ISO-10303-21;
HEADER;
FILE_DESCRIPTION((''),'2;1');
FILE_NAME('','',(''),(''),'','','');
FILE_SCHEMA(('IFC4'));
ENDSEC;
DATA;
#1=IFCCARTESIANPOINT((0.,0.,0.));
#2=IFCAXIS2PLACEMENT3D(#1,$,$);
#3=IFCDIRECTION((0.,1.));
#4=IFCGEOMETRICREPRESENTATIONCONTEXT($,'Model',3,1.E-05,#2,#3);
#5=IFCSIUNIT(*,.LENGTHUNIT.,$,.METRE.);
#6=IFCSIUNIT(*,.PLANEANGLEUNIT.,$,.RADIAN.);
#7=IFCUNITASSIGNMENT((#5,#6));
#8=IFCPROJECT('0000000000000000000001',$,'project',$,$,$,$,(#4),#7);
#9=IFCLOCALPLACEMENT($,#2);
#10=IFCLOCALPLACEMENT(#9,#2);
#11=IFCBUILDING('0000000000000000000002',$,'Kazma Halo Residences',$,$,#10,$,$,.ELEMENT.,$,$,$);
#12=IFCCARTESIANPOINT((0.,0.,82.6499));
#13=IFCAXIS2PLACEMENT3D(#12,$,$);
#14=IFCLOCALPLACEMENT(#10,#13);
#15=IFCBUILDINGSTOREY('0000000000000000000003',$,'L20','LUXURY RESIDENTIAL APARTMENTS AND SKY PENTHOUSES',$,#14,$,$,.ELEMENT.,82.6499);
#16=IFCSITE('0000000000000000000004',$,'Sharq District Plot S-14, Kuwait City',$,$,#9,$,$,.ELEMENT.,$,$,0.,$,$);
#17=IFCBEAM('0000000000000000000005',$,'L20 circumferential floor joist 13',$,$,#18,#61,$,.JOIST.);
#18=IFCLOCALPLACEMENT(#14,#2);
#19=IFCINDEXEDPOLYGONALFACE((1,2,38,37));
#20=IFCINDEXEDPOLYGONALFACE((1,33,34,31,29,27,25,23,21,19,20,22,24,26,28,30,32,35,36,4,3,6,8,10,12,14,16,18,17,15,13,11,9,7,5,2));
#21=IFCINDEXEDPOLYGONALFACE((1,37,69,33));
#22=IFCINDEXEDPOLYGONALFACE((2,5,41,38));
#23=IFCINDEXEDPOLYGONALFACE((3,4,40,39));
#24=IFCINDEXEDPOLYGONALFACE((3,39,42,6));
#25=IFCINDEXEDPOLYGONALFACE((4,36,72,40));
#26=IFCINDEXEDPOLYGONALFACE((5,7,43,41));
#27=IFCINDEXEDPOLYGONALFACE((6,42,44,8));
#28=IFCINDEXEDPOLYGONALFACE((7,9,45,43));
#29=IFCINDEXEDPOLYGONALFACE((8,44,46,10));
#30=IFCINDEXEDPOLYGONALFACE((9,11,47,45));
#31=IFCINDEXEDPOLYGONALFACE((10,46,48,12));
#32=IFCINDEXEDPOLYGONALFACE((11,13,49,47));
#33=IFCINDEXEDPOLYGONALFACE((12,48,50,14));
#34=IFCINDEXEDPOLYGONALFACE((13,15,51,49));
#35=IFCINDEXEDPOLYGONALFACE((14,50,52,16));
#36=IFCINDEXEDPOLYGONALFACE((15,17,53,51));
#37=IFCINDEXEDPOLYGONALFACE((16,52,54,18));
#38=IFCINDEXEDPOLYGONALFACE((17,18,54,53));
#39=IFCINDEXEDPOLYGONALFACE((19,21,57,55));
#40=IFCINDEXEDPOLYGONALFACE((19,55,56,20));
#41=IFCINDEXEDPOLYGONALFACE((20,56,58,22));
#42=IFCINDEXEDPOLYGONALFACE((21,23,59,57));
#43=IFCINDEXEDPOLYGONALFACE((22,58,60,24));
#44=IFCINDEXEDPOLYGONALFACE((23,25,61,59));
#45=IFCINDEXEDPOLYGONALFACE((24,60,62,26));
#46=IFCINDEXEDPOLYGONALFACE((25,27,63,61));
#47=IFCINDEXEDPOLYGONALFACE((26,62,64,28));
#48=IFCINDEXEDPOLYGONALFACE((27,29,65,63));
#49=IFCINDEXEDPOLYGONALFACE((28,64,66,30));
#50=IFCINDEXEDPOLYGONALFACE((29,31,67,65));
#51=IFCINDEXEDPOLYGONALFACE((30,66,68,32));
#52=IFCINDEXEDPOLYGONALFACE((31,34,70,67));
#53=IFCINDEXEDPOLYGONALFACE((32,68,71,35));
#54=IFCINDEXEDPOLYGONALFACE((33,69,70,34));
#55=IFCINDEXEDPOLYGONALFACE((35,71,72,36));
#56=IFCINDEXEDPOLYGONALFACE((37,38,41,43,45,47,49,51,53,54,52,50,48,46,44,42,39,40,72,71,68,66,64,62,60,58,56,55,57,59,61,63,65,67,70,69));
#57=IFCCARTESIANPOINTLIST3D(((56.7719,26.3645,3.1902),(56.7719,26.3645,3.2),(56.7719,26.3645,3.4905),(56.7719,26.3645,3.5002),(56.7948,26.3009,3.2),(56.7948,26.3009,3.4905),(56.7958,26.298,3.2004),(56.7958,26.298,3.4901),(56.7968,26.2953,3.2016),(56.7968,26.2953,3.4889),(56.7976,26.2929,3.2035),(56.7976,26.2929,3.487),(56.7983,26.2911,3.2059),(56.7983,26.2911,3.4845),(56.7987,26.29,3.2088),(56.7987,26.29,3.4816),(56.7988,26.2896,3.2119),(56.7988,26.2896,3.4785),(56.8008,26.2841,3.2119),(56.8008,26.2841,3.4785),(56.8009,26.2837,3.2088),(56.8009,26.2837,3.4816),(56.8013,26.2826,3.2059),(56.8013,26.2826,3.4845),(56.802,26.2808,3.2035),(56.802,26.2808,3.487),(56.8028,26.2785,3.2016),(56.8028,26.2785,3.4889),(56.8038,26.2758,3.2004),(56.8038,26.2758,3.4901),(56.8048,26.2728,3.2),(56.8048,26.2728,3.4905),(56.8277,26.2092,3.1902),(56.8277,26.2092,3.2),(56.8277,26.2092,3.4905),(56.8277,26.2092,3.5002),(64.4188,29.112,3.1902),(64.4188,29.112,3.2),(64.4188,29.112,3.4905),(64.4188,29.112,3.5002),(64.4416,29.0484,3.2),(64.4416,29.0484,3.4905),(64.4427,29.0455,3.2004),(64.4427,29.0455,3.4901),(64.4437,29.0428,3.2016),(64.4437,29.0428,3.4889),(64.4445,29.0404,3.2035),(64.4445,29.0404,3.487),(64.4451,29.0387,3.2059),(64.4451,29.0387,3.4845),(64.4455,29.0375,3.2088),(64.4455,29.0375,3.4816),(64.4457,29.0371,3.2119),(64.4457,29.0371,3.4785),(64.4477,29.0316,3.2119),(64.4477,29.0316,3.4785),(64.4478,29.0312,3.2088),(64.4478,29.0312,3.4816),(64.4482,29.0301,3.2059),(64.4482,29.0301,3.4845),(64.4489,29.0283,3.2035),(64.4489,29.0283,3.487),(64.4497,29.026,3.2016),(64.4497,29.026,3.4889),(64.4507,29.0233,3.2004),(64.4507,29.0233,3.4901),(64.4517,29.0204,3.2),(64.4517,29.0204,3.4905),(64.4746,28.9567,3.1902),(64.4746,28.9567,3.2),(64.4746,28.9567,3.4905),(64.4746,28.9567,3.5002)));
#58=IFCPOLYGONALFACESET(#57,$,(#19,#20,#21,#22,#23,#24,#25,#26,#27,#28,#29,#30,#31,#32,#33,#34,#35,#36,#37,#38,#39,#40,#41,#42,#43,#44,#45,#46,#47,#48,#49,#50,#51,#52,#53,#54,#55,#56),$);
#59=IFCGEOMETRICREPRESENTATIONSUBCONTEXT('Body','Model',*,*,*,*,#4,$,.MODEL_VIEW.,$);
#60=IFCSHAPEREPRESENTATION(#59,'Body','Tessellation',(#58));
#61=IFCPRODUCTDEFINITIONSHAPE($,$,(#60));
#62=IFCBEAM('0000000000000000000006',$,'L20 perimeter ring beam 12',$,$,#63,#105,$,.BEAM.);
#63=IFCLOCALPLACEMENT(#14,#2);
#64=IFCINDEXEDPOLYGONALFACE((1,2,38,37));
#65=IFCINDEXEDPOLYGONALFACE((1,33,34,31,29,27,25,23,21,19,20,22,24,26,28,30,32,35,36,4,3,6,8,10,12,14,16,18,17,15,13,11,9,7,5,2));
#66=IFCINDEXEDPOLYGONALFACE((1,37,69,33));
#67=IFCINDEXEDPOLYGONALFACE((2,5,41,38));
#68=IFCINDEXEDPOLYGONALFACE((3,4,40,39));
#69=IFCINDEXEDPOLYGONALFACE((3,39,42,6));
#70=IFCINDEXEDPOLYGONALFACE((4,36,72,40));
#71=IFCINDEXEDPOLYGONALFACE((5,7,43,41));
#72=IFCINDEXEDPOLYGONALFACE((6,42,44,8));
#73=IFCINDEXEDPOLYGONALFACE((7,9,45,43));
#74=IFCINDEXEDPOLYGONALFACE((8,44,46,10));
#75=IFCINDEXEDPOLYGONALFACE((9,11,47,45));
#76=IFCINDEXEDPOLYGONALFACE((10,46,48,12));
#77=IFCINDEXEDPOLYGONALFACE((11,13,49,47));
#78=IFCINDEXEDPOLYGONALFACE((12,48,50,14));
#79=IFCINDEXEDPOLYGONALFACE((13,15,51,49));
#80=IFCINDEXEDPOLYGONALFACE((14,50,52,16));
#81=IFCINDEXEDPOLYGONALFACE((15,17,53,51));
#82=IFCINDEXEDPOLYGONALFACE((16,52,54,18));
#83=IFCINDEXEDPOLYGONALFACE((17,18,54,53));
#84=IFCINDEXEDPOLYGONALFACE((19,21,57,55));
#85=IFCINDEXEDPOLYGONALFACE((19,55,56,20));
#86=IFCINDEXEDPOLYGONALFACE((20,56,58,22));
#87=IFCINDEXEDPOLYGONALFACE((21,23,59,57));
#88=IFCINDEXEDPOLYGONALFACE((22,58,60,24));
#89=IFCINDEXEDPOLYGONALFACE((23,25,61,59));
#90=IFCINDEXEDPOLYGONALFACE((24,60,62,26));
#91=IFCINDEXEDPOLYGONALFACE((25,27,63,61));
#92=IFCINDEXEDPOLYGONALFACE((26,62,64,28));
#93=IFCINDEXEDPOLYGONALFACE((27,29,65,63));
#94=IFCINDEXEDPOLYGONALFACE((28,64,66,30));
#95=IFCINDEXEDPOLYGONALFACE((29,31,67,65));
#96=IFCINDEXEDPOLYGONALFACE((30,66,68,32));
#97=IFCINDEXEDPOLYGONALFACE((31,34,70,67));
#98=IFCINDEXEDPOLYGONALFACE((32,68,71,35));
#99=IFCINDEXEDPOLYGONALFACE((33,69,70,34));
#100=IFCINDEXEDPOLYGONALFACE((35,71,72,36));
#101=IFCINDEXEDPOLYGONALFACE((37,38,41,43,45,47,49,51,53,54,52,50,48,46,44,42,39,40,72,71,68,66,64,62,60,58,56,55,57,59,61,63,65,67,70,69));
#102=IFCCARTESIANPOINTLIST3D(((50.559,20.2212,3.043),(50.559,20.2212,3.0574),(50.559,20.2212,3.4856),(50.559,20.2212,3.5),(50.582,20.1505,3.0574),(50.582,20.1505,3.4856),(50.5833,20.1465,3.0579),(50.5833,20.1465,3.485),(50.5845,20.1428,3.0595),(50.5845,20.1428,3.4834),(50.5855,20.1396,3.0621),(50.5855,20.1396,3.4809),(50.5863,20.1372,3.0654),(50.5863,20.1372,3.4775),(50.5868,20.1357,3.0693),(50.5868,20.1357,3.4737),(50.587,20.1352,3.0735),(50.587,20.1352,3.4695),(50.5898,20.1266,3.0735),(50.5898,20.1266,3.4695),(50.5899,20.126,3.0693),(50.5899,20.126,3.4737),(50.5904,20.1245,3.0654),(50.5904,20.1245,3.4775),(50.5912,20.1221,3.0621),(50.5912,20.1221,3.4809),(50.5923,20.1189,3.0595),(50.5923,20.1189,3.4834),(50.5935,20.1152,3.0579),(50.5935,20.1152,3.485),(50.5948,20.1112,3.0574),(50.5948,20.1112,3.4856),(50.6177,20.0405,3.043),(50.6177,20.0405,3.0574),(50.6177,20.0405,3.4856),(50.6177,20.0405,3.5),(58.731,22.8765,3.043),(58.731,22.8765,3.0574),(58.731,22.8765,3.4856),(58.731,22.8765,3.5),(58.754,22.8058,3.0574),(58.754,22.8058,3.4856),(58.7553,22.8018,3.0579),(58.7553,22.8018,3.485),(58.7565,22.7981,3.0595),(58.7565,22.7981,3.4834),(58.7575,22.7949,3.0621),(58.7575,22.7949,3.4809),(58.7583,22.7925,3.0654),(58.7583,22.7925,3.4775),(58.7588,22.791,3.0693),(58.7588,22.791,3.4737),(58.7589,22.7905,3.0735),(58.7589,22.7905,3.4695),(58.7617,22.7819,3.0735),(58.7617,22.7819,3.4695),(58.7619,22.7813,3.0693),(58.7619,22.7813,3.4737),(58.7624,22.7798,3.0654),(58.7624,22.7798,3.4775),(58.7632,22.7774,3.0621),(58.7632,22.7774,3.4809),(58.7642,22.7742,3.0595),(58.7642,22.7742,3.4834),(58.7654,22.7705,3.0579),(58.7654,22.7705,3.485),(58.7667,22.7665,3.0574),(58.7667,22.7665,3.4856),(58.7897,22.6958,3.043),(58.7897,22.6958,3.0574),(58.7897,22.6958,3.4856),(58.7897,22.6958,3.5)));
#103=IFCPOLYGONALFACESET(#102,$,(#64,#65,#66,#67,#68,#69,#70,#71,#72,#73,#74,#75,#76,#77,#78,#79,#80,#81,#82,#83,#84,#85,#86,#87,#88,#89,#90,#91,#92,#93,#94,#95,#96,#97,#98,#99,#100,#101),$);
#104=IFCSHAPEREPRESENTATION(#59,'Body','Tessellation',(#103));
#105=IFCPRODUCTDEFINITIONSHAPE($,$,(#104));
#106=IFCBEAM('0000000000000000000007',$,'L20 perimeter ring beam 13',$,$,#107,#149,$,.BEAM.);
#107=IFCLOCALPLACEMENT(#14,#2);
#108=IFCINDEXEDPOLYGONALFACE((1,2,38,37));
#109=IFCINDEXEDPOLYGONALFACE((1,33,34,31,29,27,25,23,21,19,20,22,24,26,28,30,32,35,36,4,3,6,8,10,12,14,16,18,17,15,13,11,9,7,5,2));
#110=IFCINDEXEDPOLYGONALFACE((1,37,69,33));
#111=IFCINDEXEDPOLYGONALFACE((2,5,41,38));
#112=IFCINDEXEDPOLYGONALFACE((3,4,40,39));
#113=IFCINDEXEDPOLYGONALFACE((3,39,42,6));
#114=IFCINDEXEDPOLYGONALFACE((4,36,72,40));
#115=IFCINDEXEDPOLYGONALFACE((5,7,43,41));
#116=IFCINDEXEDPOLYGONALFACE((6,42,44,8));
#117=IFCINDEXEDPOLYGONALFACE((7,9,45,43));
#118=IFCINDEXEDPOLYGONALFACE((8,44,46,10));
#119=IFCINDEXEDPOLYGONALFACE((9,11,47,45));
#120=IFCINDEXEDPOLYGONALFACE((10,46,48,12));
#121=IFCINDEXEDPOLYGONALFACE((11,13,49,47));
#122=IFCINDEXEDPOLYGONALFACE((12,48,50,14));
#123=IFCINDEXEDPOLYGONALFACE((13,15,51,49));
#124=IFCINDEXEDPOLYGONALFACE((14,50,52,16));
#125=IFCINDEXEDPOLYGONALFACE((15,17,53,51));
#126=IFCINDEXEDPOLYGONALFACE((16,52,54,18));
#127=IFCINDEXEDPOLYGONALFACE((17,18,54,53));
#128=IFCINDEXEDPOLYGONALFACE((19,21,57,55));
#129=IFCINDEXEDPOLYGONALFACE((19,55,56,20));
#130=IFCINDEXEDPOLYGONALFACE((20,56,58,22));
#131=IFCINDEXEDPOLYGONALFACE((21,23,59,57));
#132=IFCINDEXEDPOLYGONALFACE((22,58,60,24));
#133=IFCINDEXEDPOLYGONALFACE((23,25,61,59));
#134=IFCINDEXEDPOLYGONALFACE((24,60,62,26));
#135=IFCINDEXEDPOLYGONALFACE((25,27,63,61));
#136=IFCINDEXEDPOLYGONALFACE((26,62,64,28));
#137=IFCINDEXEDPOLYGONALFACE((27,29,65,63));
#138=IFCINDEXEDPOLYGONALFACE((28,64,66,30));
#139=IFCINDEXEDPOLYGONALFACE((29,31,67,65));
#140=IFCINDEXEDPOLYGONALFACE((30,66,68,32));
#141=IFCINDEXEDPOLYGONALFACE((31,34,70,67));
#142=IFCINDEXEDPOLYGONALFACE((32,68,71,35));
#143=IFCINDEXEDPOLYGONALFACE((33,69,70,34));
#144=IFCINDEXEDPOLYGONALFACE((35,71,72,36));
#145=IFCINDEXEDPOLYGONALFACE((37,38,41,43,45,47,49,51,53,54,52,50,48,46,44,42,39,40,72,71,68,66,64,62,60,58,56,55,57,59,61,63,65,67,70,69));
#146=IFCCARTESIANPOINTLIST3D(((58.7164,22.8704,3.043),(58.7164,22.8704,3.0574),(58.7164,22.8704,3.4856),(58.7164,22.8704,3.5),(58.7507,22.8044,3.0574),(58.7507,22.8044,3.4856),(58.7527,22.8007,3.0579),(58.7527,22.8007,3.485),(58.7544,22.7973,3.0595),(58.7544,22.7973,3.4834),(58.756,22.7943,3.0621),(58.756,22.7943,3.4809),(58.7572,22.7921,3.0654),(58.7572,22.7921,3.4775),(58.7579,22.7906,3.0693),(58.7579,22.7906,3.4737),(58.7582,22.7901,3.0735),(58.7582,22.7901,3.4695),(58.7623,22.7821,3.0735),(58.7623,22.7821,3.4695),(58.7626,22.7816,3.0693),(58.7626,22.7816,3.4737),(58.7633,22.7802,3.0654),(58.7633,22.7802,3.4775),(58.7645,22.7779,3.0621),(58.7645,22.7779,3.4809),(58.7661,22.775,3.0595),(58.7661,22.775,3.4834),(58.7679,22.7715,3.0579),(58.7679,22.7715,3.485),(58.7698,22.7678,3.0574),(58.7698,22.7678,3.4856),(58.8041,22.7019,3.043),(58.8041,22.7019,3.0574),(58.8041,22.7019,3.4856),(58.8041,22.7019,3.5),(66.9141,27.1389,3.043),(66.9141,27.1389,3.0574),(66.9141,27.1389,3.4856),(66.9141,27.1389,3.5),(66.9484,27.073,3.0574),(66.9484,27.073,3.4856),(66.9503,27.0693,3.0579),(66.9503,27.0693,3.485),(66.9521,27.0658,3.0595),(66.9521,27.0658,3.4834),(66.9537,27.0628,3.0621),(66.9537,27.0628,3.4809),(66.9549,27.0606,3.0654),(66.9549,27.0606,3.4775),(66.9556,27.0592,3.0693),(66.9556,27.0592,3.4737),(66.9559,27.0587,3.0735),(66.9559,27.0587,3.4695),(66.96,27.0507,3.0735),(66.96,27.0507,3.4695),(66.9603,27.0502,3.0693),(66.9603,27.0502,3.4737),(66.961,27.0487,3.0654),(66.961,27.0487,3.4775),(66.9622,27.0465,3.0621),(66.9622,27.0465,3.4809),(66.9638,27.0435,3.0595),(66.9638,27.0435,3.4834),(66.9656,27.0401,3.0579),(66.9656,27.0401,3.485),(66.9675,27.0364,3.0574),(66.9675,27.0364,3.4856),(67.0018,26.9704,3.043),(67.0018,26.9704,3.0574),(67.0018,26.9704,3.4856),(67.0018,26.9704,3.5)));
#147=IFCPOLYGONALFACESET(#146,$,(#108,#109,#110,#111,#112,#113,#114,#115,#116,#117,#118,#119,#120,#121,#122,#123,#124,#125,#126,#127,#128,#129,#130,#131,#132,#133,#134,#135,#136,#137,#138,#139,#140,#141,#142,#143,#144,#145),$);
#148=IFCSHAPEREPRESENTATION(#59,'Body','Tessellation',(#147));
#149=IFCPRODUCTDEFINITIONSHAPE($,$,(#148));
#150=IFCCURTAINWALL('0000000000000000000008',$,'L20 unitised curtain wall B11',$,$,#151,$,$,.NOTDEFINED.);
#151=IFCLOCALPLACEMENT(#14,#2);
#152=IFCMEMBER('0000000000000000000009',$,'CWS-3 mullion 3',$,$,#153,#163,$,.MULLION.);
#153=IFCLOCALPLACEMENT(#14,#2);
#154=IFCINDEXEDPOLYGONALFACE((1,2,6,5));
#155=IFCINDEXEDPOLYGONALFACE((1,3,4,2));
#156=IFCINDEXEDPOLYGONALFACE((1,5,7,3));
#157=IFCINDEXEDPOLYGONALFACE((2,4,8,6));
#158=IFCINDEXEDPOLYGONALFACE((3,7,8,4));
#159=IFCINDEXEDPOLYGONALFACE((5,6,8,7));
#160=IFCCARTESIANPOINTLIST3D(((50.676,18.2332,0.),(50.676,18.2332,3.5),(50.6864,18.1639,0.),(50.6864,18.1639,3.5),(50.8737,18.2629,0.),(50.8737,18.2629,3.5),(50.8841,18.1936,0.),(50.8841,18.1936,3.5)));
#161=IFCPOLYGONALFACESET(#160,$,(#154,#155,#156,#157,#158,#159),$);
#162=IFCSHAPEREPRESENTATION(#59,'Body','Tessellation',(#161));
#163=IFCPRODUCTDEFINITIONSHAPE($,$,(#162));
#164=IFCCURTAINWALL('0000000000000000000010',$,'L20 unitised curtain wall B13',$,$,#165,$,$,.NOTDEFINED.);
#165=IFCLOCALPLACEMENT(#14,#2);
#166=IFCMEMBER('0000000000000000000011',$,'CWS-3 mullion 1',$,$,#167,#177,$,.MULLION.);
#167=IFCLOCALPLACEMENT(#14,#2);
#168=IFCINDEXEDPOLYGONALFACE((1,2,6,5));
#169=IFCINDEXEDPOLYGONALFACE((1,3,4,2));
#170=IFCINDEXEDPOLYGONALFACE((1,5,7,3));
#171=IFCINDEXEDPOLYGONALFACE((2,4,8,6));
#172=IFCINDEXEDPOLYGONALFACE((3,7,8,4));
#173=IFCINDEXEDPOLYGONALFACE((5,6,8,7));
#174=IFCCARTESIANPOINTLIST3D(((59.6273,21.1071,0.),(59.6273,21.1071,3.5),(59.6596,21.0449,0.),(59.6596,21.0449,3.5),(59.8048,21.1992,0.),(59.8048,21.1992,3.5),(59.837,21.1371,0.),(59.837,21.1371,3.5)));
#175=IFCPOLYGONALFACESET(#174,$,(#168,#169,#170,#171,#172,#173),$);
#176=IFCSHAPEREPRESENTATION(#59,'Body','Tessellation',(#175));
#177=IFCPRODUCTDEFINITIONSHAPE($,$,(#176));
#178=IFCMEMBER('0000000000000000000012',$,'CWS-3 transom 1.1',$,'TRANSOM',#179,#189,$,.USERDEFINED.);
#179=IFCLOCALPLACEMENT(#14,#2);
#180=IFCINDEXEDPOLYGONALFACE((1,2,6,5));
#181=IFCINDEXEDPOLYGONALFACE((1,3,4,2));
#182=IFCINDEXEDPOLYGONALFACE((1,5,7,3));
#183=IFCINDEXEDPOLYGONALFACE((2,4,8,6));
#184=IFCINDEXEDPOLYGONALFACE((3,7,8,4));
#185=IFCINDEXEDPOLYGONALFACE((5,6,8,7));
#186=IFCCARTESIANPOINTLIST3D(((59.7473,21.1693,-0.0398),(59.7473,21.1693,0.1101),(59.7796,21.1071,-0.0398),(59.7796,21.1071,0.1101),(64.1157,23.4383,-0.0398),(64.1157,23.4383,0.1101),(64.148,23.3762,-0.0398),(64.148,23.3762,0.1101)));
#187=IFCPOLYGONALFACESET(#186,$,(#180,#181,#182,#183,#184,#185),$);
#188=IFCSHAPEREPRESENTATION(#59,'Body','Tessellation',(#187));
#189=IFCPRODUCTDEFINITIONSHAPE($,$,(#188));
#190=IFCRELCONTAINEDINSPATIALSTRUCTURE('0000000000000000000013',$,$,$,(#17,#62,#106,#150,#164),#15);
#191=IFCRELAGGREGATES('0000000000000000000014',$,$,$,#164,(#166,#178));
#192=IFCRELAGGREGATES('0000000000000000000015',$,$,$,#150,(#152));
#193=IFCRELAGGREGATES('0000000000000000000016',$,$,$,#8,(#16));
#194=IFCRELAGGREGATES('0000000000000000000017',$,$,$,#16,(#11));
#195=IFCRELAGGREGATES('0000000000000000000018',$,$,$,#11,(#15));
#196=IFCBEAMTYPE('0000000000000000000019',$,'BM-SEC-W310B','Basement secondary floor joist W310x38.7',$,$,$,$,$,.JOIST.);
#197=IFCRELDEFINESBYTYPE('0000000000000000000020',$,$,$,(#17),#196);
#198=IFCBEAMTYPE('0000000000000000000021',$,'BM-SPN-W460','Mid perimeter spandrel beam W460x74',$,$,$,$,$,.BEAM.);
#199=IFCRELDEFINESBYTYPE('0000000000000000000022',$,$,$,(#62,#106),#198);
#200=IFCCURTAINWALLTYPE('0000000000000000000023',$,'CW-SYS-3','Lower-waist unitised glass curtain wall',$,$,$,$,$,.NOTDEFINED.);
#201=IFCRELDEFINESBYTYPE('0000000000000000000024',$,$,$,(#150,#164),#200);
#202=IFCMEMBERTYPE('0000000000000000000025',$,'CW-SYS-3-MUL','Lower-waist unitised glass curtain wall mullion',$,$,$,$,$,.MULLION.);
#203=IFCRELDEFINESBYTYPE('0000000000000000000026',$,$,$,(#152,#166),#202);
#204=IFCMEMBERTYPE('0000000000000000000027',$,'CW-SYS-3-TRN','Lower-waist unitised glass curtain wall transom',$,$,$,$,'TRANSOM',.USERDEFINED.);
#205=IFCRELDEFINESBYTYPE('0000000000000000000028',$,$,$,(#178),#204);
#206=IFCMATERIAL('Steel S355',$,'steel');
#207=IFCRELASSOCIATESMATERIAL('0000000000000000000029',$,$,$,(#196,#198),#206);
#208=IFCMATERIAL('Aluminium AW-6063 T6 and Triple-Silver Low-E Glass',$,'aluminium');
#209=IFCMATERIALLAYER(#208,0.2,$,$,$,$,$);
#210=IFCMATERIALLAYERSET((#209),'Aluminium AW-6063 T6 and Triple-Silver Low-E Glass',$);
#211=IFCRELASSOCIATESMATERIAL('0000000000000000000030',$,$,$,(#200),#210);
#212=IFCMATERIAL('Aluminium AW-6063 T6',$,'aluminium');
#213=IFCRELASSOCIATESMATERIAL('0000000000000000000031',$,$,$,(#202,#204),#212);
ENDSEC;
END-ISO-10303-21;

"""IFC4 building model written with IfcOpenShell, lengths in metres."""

from ifc_helpers import new_model, si_unit, direction, frame, origin, origin_2d, place, context, subcontext, project, spatial, rectangle, i_section, extrude, material, layer, layer_set, material_profile, profile_set, type_object, element, aggregate, save


model = new_model("IFC4")

# Units and contexts
model_context = context("Model", 3, precision=1e-05, world=origin(), true_north=direction((0.0, 1.0)))
body_context = subcontext(model_context, "Body", "Model", "MODEL_VIEW")
ifc_project = project(units=[si_unit("LENGTHUNIT", "METRE"), si_unit("PLANEANGLEUNIT", "RADIAN")], contexts=[model_context])

# Site, building, storey
site_placement = place(None, origin())
site = spatial("IfcSite", under=ifc_project, at=site_placement, Name="Sharq District Plot S-14, Kuwait City", CompositionType="ELEMENT", RefElevation=0.0)
building_placement = place(site_placement, origin())
building = spatial("IfcBuilding", under=site, at=building_placement, Name="Kazma Halo Residences", CompositionType="ELEMENT")
storey_placement = place(building_placement, frame((0.0, 0.0, 82.6499)))
storey = spatial("IfcBuildingStorey", under=building, at=storey_placement, Name="L20", Description="LUXURY RESIDENTIAL APARTMENTS AND SKY PENTHOUSES", CompositionType="ELEMENT", Elevation=82.6499)

# Beams
ifc_material_1 = material(Name="Steel S355", Category="steel")
ifc_material_profile_1 = material_profile(ifc_material_1, i_section(OverallWidth=0.165, OverallDepth=0.3101, WebThickness=0.0059, FlangeThickness=0.0098, FilletRadius=0.012, at=origin_2d()), Name="W310x38.7")
ifc_profile_set_1 = profile_set([ifc_material_profile_1], Name="Steel S355")
beam_type_1 = type_object("IfcBeamType", Name="BM-SEC-W310B", Description="Basement secondary floor joist W310x38.7", PredefinedType="JOIST", material=ifc_profile_set_1)
beam_1_placement = place(storey_placement, frame((56.7998, 26.2869, 3.3452), z_axis=(0.941097, 0.338136, 0.0), x_axis=(-0.338136, 0.941097, 0.0)))
element("IfcBeam", 1, at=beam_1_placement, inside=storey, type_object=beam_type_1, Name="L20 circumferential floor joist 13", PredefinedType="JOIST", context=body_context, shape_type="SweptSolid", body=[
    extrude(i_section(OverallWidth=0.165, OverallDepth=0.3101, WebThickness=0.0059, FlangeThickness=0.0098, FilletRadius=0.012, at=origin_2d()), origin(), (0.0, 0.0, 1.0), 8.1255),
])
ifc_material_profile_2 = material_profile(ifc_material_1, i_section(OverallWidth=0.1899, OverallDepth=0.457, WebThickness=0.009, FlangeThickness=0.0144, FilletRadius=0.0161, at=origin_2d()), Name="W460x74")
ifc_profile_set_2 = profile_set([ifc_material_profile_2], Name="Steel S355")
beam_type_2 = type_object("IfcBeamType", Name="BM-SPN-W460", Description="Mid perimeter spandrel beam W460x74", PredefinedType="BEAM", material=ifc_profile_set_2)
beam_2_placement = place(storey_placement, frame((50.5884, 20.1309, 3.2715), z_axis=(0.951054, 0.309024, 0.0), x_axis=(-0.309024, 0.951054, 0.0)))
element("IfcBeam", 2, at=beam_2_placement, inside=storey, type_object=beam_type_2, Name="L20 perimeter ring beam 12", PredefinedType="BEAM", context=body_context, shape_type="SweptSolid", body=[
    extrude(i_section(OverallWidth=0.1899, OverallDepth=0.457, WebThickness=0.009, FlangeThickness=0.0144, FilletRadius=0.0161, at=origin_2d()), origin(), (0.0, 0.0, 1.0), 8.5925),
])
beam_3_placement = place(storey_placement, frame((58.7603, 22.7861, 3.2715), z_axis=(0.886963, 0.46184, 0.0), x_axis=(-0.46184, 0.886963, 0.0)))
element("IfcBeam", 3, at=beam_3_placement, inside=storey, type_object=beam_type_2, Name="L20 perimeter ring beam 13", PredefinedType="BEAM", context=body_context, shape_type="SweptSolid", body=[
    extrude(i_section(OverallWidth=0.1899, OverallDepth=0.457, WebThickness=0.009, FlangeThickness=0.0144, FilletRadius=0.0161, at=origin_2d()), origin(), (0.0, 0.0, 1.0), 9.2424),
])

# Curtain wall, member
ifc_material_2 = material(Name="Aluminium AW-6063 T6 and Triple-Silver Low-E Glass", Category="aluminium")
ifc_layer_1 = layer(ifc_material_2, 0.2)
ifc_layer_set_1 = layer_set([ifc_layer_1], Name="Aluminium AW-6063 T6 and Triple-Silver Low-E Glass")
curtain_wall_type = type_object("IfcCurtainWallType", Name="CW-SYS-3", Description="Lower-waist unitised glass curtain wall", PredefinedType="NOTDEFINED", material=ifc_layer_set_1)
curtain_wall_1_placement = place(storey_placement, origin())
curtain_wall_1 = element("IfcCurtainWall", 4, at=curtain_wall_1_placement, inside=storey, type_object=curtain_wall_type, Name="L20 unitised curtain wall B11", PredefinedType="NOTDEFINED")
ifc_material_3 = material(Name="Aluminium AW-6063 T6", Category="aluminium")
ifc_material_profile_3 = material_profile(ifc_material_3, rectangle(XDim=0.0701, YDim=0.2, at=origin_2d()), Name="CWM-70x200")
ifc_profile_set_3 = profile_set([ifc_material_profile_3], Name="Aluminium AW-6063 T6")
member_type_1 = type_object("IfcMemberType", Name="CW-SYS-3-MUL", Description="Lower-waist unitised glass curtain wall mullion", PredefinedType="MULLION", material=ifc_profile_set_3)
member_1_placement = place(storey_placement, frame((50.78, 18.2134, 0.0), z_axis=(0.0, 0.0, 1.0), x_axis=(-0.148717, 0.98888, 0.0)))
member_1 = element("IfcMember", 5, at=member_1_placement, type_object=member_type_1, Name="CWS-3 mullion 3", PredefinedType="MULLION", context=body_context, shape_type="SweptSolid", body=[
    extrude(rectangle(XDim=0.0701, YDim=0.2, at=origin_2d()), origin(), (0.0, 0.0, 1.0), 3.5),
])

# Curtain wall, members
curtain_wall_2_placement = place(storey_placement, origin())
curtain_wall_2 = element("IfcCurtainWall", 6, at=curtain_wall_2_placement, inside=storey, type_object=curtain_wall_type, Name="L20 unitised curtain wall B13", PredefinedType="NOTDEFINED")
member_2_placement = place(storey_placement, frame((59.7322, 21.1221, 0.0), z_axis=(0.0, 0.0, 1.0), x_axis=(-0.460932, 0.887435, 0.0)))
member_2 = element("IfcMember", 7, at=member_2_placement, type_object=member_type_1, Name="CWS-3 mullion 1", PredefinedType="MULLION", context=body_context, shape_type="SweptSolid", body=[
    extrude(rectangle(XDim=0.0701, YDim=0.2, at=origin_2d()), origin(), (0.0, 0.0, 1.0), 3.5),
])
ifc_material_profile_4 = material_profile(ifc_material_3, rectangle(XDim=0.0701, YDim=0.1499, at=origin_2d()), Name="CWT-70x150")
ifc_profile_set_4 = profile_set([ifc_material_profile_4], Name="Aluminium AW-6063 T6")
member_type_2 = type_object("IfcMemberType", Name="CW-SYS-3-TRN", Description="Lower-waist unitised glass curtain wall transom", ElementType="TRANSOM", PredefinedType="USERDEFINED", material=ifc_profile_set_4)
member_3_placement = place(storey_placement, frame((59.7634, 21.1382, 0.0352), z_axis=(0.887427, 0.460948, 0.0), x_axis=(-0.460948, 0.887427, 0.0)))
member_3 = element("IfcMember", 8, at=member_3_placement, type_object=member_type_2, Name="CWS-3 transom 1.1", ObjectType="TRANSOM", PredefinedType="USERDEFINED", context=body_context, shape_type="SweptSolid", body=[
    extrude(rectangle(XDim=0.0701, YDim=0.1499, at=origin_2d()), origin(), (0.0, 0.0, 1.0), 4.9226),
])
aggregate(curtain_wall_2, [member_2, member_3])

aggregate(curtain_wall_1, [member_1])

save(model, "model.ifc")
